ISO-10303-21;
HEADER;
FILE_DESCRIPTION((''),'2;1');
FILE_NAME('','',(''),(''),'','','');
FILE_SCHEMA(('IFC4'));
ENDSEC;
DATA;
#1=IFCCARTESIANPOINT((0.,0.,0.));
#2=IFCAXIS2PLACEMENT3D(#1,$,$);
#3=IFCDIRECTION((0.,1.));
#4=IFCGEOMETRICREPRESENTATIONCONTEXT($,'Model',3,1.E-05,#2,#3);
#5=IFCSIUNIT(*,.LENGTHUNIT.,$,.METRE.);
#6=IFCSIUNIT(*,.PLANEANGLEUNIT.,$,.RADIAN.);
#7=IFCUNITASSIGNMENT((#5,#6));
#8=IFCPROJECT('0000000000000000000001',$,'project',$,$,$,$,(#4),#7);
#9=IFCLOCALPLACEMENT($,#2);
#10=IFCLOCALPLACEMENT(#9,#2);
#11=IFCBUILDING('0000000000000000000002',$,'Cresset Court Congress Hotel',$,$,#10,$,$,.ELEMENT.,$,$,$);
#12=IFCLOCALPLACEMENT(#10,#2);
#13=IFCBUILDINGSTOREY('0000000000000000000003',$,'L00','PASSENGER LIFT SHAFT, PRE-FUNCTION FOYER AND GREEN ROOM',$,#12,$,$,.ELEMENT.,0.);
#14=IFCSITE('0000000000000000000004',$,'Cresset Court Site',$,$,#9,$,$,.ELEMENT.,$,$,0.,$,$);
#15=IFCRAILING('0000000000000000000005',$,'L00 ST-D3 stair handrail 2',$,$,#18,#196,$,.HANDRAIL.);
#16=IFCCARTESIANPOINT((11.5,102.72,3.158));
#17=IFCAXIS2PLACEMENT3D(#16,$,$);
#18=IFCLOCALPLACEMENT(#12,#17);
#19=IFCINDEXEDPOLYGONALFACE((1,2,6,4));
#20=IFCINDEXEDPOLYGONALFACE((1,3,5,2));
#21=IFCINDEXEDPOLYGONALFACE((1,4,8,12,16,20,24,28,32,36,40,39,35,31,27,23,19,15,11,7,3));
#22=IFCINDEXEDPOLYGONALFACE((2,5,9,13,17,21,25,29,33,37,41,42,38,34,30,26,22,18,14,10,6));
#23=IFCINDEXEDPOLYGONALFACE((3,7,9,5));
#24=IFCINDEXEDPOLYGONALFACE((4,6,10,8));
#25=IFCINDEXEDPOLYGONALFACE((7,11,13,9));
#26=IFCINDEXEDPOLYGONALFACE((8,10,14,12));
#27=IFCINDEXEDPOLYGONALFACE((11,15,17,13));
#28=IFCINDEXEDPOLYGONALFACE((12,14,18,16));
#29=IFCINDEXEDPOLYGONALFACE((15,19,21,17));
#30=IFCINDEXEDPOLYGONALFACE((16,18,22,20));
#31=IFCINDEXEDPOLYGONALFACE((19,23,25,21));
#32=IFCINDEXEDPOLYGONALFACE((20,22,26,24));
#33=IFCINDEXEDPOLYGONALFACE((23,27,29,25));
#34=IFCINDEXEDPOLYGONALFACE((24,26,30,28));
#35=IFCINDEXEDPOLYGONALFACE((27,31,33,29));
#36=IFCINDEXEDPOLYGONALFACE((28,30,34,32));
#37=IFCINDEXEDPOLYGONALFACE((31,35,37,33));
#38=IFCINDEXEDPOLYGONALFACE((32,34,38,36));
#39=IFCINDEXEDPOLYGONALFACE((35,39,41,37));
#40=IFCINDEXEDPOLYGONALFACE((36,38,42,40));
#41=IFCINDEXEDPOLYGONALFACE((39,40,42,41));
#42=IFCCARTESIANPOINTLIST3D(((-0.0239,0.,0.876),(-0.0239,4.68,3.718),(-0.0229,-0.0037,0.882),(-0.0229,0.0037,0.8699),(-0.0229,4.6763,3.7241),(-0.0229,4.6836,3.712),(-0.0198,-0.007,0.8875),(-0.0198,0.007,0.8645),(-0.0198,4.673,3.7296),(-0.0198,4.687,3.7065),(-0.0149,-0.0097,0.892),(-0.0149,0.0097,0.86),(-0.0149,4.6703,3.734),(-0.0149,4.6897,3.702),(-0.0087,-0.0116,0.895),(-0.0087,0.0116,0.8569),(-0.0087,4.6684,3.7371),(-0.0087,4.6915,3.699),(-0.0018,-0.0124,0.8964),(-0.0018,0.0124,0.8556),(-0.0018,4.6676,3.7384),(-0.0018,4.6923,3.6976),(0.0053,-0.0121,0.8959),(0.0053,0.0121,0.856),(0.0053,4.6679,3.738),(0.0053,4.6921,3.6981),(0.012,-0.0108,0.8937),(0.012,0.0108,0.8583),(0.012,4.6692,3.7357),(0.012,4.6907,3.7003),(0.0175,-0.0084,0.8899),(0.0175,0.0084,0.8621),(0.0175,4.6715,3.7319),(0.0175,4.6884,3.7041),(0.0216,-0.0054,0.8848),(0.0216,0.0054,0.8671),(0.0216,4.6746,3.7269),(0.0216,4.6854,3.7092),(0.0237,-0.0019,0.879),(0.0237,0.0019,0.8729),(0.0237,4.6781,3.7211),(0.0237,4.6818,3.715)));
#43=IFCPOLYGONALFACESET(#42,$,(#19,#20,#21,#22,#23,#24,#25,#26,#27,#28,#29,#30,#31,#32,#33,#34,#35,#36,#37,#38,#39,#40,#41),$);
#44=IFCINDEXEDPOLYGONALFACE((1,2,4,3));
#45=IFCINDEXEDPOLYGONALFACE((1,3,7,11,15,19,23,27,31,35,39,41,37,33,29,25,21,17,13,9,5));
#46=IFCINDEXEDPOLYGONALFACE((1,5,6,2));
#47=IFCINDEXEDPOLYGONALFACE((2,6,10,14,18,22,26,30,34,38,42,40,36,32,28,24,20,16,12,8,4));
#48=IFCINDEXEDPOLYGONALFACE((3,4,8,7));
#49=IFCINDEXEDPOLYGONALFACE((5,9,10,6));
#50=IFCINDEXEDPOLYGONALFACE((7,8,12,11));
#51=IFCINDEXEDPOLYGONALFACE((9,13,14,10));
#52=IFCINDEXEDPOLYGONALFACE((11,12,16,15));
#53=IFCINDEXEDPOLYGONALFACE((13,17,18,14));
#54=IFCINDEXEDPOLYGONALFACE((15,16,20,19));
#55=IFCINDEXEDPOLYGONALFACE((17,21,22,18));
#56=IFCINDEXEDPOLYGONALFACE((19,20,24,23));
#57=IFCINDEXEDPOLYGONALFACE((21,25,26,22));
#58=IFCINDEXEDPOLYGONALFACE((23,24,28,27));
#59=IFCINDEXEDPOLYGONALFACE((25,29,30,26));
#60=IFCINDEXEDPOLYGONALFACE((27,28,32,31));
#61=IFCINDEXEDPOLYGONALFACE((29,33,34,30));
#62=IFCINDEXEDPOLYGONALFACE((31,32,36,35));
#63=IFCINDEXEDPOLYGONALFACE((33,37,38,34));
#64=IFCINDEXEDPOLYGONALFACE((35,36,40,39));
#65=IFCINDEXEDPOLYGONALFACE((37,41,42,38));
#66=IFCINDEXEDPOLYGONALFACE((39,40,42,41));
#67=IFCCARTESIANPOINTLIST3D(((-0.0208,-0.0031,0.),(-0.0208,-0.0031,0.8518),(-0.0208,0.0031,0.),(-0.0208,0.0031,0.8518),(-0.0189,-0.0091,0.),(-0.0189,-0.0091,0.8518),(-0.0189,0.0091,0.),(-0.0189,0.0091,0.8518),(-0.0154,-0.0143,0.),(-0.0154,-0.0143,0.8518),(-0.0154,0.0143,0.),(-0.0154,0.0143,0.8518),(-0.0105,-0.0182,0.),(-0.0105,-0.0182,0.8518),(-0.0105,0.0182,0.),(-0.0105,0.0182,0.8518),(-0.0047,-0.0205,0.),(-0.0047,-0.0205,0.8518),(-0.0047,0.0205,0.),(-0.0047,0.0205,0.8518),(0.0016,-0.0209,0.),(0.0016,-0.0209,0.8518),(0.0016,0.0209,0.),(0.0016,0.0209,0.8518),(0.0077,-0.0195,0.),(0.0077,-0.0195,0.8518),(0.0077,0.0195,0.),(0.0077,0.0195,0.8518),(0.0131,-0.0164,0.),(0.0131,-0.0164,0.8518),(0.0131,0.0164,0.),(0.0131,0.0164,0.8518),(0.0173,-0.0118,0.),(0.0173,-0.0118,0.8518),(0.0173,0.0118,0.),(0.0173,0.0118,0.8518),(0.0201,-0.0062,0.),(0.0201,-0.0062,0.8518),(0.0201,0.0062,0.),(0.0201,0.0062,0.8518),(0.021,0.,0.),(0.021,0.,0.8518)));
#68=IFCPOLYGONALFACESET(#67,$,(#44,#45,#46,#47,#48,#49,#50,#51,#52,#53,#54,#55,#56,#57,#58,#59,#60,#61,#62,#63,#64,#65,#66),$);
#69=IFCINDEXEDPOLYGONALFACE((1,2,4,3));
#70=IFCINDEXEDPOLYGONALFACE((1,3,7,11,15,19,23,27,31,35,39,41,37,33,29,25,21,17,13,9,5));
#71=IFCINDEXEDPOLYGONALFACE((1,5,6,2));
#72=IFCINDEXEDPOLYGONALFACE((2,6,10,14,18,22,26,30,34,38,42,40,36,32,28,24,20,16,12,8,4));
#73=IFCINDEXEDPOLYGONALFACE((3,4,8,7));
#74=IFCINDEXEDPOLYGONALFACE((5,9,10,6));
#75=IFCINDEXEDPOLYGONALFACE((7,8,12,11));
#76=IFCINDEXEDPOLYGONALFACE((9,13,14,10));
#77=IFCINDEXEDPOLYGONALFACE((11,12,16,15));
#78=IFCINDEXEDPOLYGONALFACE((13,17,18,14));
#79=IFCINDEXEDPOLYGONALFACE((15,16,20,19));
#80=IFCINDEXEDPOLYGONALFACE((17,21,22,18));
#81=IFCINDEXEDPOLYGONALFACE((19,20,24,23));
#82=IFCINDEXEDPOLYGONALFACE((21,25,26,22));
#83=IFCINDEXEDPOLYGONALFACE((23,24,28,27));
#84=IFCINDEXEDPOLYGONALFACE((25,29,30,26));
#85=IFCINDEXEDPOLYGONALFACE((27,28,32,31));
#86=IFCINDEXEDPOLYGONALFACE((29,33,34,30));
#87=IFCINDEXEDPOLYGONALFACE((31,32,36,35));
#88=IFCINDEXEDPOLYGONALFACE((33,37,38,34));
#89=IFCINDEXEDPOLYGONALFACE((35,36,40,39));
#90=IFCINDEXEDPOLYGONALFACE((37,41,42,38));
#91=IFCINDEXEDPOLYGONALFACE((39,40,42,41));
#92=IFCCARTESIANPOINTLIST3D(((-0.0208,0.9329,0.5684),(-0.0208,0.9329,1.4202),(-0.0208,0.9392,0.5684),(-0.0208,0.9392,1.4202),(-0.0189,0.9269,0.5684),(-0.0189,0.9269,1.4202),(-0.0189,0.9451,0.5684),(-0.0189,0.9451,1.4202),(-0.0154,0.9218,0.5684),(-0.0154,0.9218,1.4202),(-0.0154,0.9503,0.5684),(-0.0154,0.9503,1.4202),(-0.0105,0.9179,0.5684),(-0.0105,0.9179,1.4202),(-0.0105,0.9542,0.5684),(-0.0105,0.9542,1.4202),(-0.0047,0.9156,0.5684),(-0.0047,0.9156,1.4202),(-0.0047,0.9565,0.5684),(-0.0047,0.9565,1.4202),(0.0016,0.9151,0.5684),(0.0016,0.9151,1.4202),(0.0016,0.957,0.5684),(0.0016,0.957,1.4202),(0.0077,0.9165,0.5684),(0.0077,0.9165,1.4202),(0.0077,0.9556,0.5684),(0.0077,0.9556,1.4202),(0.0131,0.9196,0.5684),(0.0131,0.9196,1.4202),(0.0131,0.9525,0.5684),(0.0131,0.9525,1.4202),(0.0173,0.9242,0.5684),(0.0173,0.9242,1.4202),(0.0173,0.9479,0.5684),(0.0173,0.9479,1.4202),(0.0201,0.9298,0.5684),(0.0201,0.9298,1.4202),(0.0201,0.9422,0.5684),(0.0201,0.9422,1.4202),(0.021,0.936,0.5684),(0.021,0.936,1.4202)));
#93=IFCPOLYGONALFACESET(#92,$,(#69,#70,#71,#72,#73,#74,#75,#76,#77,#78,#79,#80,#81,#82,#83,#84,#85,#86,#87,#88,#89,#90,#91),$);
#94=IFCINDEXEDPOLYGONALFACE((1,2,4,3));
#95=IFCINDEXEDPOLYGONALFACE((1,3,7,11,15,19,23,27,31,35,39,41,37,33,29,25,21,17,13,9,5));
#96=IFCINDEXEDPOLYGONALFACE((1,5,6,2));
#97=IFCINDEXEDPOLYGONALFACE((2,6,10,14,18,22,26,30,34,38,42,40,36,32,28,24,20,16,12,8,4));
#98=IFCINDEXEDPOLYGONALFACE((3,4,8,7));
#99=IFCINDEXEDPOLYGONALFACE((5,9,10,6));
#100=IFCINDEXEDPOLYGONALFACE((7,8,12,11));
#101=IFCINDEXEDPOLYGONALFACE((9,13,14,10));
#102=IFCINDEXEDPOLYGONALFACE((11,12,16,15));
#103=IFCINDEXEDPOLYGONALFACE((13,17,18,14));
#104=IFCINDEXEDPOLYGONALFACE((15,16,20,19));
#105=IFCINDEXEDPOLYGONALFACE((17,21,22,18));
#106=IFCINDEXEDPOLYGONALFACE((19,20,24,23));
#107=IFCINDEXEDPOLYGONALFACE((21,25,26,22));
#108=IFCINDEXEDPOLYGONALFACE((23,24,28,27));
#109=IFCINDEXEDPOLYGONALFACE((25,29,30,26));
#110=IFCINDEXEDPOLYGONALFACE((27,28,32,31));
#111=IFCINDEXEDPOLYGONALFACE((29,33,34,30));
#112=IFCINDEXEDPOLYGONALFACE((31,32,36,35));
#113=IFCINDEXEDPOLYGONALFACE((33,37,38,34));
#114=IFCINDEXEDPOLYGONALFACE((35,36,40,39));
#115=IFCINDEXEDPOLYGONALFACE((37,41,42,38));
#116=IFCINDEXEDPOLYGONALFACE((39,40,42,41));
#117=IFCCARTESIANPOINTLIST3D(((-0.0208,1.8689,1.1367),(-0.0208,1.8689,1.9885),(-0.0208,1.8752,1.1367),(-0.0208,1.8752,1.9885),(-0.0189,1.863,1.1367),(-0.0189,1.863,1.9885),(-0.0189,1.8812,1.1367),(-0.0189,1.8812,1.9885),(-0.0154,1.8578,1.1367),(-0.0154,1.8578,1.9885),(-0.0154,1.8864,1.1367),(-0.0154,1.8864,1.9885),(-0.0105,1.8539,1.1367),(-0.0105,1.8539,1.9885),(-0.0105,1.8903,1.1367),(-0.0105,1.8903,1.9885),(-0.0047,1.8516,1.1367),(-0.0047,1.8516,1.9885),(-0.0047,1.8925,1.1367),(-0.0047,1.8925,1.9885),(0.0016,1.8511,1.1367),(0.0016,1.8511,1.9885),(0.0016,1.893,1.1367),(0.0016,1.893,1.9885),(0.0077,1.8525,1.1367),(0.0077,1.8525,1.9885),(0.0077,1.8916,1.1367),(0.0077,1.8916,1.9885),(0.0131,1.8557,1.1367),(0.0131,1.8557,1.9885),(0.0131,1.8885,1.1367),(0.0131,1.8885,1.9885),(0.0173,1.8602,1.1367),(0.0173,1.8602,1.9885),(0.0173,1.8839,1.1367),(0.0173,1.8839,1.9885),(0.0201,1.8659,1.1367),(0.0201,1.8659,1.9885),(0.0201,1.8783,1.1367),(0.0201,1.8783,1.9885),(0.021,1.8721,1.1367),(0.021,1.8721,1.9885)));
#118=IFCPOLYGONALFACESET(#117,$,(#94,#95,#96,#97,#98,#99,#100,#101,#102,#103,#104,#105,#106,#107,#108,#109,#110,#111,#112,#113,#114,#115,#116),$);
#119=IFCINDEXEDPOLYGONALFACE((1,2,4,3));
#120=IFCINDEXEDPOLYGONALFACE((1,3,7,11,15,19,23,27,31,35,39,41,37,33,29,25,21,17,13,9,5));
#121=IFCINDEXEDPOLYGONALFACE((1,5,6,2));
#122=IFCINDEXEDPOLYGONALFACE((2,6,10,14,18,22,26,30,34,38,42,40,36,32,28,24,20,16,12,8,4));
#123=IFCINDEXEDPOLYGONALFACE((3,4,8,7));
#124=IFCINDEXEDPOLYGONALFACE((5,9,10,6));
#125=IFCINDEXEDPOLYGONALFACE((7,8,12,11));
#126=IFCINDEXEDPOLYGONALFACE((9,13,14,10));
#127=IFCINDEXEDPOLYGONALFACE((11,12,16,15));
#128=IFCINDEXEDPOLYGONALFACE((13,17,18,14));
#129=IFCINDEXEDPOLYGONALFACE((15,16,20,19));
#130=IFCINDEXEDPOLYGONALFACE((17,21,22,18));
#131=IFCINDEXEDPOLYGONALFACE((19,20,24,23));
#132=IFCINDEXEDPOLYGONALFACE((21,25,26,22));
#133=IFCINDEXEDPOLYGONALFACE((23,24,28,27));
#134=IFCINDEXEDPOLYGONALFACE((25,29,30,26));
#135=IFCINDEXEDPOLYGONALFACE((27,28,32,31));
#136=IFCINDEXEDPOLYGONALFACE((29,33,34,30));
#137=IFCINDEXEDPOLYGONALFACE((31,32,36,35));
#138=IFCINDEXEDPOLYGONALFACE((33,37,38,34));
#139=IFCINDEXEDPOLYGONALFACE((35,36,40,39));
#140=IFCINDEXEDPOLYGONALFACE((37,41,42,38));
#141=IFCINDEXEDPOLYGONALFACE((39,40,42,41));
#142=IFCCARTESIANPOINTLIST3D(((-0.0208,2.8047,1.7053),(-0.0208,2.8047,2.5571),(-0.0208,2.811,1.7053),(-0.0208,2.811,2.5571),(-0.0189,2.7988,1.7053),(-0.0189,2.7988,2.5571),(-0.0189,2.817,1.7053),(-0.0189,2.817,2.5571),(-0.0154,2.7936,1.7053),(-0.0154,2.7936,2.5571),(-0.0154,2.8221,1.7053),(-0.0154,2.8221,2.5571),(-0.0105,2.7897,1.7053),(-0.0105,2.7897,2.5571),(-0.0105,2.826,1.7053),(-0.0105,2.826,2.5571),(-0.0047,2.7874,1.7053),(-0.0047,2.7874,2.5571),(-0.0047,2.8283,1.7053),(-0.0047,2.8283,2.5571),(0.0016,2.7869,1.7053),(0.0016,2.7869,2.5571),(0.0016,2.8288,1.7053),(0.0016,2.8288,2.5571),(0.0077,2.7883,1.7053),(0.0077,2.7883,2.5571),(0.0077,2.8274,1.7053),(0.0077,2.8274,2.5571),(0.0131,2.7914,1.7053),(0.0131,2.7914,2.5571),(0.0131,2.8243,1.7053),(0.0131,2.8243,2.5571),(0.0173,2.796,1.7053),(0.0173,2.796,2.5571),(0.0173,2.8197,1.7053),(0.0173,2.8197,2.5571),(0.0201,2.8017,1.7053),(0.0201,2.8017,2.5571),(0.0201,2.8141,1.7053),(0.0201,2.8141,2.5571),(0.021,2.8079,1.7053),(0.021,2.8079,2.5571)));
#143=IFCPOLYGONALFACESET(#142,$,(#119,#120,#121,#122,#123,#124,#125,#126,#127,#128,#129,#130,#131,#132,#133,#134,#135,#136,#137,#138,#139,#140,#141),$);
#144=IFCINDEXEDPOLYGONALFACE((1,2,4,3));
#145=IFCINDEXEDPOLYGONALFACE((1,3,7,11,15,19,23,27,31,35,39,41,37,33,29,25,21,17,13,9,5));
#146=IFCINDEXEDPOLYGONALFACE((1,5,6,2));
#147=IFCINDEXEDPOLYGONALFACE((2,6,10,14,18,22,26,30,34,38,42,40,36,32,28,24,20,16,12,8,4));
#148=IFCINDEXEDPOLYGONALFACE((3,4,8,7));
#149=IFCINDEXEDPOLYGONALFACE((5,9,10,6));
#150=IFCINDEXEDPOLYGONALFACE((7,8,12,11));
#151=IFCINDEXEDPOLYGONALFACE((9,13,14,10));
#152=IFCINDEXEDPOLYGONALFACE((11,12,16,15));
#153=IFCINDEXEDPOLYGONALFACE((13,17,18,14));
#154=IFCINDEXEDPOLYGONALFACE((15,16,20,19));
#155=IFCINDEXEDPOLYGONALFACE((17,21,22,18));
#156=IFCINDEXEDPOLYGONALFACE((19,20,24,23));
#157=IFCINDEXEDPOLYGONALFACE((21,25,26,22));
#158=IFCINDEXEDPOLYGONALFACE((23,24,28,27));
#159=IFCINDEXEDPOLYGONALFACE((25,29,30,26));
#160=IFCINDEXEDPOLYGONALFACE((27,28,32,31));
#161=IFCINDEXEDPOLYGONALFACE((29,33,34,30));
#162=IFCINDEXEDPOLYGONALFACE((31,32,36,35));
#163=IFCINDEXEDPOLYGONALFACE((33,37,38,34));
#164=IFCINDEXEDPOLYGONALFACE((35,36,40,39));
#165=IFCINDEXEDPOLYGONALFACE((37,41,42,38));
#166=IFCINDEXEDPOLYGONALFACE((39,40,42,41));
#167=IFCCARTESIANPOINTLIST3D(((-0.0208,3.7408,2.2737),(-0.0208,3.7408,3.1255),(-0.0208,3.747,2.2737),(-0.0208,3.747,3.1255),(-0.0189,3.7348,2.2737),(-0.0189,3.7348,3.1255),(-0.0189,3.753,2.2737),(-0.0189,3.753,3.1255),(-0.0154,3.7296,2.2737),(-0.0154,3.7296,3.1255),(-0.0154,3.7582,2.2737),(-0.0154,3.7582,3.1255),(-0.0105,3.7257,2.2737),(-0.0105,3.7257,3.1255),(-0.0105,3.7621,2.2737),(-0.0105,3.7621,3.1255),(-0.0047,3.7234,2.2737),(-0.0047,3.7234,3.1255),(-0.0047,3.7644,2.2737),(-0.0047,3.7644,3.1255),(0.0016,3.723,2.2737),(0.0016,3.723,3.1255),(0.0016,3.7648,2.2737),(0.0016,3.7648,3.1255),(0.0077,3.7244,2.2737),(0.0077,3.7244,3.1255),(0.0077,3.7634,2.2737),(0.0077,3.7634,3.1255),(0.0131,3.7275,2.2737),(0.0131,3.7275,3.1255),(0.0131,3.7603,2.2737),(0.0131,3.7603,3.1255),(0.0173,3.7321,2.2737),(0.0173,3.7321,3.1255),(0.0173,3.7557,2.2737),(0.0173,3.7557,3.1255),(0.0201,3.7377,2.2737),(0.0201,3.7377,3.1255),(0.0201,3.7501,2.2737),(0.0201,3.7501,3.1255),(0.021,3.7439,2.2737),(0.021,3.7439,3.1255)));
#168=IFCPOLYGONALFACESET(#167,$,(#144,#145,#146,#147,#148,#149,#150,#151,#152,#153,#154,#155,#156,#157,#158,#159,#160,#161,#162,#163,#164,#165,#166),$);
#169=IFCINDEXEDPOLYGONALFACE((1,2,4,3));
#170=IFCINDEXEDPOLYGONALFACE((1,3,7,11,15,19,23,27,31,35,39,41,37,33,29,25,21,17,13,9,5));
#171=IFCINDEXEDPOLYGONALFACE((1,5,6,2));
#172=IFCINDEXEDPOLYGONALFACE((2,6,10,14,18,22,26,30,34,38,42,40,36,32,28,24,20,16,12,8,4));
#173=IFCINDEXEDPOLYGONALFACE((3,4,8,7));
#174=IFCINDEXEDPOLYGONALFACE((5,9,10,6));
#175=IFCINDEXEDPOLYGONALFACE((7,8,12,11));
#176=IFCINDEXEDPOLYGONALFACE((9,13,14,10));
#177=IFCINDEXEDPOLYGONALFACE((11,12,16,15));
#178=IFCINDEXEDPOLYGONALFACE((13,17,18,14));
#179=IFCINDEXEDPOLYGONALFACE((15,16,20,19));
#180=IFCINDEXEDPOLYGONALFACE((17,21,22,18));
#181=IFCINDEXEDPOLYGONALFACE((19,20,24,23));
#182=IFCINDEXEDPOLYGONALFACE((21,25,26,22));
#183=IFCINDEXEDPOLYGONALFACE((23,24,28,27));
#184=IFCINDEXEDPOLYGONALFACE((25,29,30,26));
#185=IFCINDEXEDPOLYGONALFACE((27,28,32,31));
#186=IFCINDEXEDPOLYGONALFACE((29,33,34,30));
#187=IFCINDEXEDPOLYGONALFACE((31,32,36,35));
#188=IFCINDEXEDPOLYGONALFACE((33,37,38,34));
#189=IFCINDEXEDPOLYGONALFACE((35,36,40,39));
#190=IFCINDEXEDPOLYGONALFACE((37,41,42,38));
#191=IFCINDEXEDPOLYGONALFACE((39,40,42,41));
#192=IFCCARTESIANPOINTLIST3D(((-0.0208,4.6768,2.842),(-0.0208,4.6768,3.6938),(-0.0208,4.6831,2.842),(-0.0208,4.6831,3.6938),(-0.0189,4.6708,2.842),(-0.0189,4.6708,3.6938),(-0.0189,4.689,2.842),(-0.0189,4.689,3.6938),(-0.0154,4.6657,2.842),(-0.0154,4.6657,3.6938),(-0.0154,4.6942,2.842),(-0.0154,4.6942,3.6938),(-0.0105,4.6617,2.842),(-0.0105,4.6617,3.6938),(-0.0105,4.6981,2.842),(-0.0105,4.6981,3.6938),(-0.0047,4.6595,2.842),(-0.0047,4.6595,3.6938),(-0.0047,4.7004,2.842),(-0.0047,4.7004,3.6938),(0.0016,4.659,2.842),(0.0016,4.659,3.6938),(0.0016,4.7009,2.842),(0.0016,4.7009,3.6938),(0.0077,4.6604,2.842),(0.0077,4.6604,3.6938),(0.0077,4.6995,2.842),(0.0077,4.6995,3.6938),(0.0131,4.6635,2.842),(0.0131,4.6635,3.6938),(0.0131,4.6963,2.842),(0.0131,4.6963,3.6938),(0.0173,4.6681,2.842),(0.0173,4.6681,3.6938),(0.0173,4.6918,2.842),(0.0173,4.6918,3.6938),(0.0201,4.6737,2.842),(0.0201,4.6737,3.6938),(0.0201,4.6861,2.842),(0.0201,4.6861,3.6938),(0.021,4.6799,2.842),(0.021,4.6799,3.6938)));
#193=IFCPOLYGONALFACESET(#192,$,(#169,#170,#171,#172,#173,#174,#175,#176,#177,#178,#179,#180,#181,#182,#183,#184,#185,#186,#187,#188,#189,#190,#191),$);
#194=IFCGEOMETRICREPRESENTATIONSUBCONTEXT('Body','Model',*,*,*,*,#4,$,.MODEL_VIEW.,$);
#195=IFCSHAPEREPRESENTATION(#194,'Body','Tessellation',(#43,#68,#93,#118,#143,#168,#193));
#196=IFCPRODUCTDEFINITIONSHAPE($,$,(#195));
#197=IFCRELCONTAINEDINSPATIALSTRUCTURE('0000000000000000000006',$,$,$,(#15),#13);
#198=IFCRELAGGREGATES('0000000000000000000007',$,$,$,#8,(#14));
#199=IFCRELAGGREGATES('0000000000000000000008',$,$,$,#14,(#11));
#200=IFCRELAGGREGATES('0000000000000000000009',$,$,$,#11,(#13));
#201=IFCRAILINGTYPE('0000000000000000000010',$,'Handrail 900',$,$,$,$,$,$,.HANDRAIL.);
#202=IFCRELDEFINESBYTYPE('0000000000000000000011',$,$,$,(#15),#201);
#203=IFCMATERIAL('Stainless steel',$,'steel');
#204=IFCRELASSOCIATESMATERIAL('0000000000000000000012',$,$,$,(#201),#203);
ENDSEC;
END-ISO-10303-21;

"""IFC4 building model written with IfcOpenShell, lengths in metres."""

from ifc_helpers import new_model, si_unit, direction, frame, origin, origin_2d, place, context, subcontext, project, spatial, circle, extrude, material, type_object, element, save


model = new_model("IFC4")

# Units and contexts
model_context = context("Model", 3, precision=1e-05, world=origin(), true_north=direction((0.0, 1.0)))
body_context = subcontext(model_context, "Body", "Model", "MODEL_VIEW")
ifc_project = project(units=[si_unit("LENGTHUNIT", "METRE"), si_unit("PLANEANGLEUNIT", "RADIAN")], contexts=[model_context])

# Site, building, storey
site_placement = place(None, origin())
site = spatial("IfcSite", under=ifc_project, at=site_placement, Name="Cresset Court Site", CompositionType="ELEMENT", RefElevation=0.0)
building_placement = place(site_placement, origin())
building = spatial("IfcBuilding", under=site, at=building_placement, Name="Cresset Court Congress Hotel", CompositionType="ELEMENT")
storey_placement = place(building_placement, origin())
storey = spatial("IfcBuildingStorey", under=building, at=storey_placement, Name="L00", Description="PASSENGER LIFT SHAFT, PRE-FUNCTION FOYER AND GREEN ROOM", CompositionType="ELEMENT", Elevation=0.0)

# Railing
ifc_material_1 = material(Name="Stainless steel", Category="steel")
railing_type_1 = type_object("IfcRailingType", Name="Handrail 900", PredefinedType="HANDRAIL", material=ifc_material_1)
railing_1_placement = place(storey_placement, frame((11.5, 102.72, 3.158)))
element("IfcRailing", 1, at=railing_1_placement, inside=storey, type_object=railing_type_1, Name="L00 ST-D3 stair handrail 2", PredefinedType="HANDRAIL", context=body_context, shape_type="SweptSolid", body=[
    extrude(circle(Radius=0.0239, at=origin_2d()), frame((0.0, 0.0, 0.876), z_axis=(0.0, 0.854735, 0.519065), x_axis=(-1.0, 0.0, 0.0)), (0.0, 0.0, 1.0), 5.4753),
    extrude(circle(Radius=0.021, at=origin_2d()), origin(), (0.0, 0.0, 1.0), 0.8518),
    extrude(circle(Radius=0.021, at=origin_2d()), frame((0.0, 0.936, 0.5684)), (0.0, 0.0, 1.0), 0.8518),
    extrude(circle(Radius=0.021, at=origin_2d()), frame((0.0, 1.8721, 1.1367)), (0.0, 0.0, 1.0), 0.8518),
    extrude(circle(Radius=0.021, at=origin_2d()), frame((0.0, 2.8079, 1.7053)), (0.0, 0.0, 1.0), 0.8518),
    extrude(circle(Radius=0.021, at=origin_2d()), frame((0.0, 3.7439, 2.2737)), (0.0, 0.0, 1.0), 0.8518),
    extrude(circle(Radius=0.021, at=origin_2d()), frame((0.0, 4.6799, 2.842)), (0.0, 0.0, 1.0), 0.8518),
])

save(model, "model.ifc")
